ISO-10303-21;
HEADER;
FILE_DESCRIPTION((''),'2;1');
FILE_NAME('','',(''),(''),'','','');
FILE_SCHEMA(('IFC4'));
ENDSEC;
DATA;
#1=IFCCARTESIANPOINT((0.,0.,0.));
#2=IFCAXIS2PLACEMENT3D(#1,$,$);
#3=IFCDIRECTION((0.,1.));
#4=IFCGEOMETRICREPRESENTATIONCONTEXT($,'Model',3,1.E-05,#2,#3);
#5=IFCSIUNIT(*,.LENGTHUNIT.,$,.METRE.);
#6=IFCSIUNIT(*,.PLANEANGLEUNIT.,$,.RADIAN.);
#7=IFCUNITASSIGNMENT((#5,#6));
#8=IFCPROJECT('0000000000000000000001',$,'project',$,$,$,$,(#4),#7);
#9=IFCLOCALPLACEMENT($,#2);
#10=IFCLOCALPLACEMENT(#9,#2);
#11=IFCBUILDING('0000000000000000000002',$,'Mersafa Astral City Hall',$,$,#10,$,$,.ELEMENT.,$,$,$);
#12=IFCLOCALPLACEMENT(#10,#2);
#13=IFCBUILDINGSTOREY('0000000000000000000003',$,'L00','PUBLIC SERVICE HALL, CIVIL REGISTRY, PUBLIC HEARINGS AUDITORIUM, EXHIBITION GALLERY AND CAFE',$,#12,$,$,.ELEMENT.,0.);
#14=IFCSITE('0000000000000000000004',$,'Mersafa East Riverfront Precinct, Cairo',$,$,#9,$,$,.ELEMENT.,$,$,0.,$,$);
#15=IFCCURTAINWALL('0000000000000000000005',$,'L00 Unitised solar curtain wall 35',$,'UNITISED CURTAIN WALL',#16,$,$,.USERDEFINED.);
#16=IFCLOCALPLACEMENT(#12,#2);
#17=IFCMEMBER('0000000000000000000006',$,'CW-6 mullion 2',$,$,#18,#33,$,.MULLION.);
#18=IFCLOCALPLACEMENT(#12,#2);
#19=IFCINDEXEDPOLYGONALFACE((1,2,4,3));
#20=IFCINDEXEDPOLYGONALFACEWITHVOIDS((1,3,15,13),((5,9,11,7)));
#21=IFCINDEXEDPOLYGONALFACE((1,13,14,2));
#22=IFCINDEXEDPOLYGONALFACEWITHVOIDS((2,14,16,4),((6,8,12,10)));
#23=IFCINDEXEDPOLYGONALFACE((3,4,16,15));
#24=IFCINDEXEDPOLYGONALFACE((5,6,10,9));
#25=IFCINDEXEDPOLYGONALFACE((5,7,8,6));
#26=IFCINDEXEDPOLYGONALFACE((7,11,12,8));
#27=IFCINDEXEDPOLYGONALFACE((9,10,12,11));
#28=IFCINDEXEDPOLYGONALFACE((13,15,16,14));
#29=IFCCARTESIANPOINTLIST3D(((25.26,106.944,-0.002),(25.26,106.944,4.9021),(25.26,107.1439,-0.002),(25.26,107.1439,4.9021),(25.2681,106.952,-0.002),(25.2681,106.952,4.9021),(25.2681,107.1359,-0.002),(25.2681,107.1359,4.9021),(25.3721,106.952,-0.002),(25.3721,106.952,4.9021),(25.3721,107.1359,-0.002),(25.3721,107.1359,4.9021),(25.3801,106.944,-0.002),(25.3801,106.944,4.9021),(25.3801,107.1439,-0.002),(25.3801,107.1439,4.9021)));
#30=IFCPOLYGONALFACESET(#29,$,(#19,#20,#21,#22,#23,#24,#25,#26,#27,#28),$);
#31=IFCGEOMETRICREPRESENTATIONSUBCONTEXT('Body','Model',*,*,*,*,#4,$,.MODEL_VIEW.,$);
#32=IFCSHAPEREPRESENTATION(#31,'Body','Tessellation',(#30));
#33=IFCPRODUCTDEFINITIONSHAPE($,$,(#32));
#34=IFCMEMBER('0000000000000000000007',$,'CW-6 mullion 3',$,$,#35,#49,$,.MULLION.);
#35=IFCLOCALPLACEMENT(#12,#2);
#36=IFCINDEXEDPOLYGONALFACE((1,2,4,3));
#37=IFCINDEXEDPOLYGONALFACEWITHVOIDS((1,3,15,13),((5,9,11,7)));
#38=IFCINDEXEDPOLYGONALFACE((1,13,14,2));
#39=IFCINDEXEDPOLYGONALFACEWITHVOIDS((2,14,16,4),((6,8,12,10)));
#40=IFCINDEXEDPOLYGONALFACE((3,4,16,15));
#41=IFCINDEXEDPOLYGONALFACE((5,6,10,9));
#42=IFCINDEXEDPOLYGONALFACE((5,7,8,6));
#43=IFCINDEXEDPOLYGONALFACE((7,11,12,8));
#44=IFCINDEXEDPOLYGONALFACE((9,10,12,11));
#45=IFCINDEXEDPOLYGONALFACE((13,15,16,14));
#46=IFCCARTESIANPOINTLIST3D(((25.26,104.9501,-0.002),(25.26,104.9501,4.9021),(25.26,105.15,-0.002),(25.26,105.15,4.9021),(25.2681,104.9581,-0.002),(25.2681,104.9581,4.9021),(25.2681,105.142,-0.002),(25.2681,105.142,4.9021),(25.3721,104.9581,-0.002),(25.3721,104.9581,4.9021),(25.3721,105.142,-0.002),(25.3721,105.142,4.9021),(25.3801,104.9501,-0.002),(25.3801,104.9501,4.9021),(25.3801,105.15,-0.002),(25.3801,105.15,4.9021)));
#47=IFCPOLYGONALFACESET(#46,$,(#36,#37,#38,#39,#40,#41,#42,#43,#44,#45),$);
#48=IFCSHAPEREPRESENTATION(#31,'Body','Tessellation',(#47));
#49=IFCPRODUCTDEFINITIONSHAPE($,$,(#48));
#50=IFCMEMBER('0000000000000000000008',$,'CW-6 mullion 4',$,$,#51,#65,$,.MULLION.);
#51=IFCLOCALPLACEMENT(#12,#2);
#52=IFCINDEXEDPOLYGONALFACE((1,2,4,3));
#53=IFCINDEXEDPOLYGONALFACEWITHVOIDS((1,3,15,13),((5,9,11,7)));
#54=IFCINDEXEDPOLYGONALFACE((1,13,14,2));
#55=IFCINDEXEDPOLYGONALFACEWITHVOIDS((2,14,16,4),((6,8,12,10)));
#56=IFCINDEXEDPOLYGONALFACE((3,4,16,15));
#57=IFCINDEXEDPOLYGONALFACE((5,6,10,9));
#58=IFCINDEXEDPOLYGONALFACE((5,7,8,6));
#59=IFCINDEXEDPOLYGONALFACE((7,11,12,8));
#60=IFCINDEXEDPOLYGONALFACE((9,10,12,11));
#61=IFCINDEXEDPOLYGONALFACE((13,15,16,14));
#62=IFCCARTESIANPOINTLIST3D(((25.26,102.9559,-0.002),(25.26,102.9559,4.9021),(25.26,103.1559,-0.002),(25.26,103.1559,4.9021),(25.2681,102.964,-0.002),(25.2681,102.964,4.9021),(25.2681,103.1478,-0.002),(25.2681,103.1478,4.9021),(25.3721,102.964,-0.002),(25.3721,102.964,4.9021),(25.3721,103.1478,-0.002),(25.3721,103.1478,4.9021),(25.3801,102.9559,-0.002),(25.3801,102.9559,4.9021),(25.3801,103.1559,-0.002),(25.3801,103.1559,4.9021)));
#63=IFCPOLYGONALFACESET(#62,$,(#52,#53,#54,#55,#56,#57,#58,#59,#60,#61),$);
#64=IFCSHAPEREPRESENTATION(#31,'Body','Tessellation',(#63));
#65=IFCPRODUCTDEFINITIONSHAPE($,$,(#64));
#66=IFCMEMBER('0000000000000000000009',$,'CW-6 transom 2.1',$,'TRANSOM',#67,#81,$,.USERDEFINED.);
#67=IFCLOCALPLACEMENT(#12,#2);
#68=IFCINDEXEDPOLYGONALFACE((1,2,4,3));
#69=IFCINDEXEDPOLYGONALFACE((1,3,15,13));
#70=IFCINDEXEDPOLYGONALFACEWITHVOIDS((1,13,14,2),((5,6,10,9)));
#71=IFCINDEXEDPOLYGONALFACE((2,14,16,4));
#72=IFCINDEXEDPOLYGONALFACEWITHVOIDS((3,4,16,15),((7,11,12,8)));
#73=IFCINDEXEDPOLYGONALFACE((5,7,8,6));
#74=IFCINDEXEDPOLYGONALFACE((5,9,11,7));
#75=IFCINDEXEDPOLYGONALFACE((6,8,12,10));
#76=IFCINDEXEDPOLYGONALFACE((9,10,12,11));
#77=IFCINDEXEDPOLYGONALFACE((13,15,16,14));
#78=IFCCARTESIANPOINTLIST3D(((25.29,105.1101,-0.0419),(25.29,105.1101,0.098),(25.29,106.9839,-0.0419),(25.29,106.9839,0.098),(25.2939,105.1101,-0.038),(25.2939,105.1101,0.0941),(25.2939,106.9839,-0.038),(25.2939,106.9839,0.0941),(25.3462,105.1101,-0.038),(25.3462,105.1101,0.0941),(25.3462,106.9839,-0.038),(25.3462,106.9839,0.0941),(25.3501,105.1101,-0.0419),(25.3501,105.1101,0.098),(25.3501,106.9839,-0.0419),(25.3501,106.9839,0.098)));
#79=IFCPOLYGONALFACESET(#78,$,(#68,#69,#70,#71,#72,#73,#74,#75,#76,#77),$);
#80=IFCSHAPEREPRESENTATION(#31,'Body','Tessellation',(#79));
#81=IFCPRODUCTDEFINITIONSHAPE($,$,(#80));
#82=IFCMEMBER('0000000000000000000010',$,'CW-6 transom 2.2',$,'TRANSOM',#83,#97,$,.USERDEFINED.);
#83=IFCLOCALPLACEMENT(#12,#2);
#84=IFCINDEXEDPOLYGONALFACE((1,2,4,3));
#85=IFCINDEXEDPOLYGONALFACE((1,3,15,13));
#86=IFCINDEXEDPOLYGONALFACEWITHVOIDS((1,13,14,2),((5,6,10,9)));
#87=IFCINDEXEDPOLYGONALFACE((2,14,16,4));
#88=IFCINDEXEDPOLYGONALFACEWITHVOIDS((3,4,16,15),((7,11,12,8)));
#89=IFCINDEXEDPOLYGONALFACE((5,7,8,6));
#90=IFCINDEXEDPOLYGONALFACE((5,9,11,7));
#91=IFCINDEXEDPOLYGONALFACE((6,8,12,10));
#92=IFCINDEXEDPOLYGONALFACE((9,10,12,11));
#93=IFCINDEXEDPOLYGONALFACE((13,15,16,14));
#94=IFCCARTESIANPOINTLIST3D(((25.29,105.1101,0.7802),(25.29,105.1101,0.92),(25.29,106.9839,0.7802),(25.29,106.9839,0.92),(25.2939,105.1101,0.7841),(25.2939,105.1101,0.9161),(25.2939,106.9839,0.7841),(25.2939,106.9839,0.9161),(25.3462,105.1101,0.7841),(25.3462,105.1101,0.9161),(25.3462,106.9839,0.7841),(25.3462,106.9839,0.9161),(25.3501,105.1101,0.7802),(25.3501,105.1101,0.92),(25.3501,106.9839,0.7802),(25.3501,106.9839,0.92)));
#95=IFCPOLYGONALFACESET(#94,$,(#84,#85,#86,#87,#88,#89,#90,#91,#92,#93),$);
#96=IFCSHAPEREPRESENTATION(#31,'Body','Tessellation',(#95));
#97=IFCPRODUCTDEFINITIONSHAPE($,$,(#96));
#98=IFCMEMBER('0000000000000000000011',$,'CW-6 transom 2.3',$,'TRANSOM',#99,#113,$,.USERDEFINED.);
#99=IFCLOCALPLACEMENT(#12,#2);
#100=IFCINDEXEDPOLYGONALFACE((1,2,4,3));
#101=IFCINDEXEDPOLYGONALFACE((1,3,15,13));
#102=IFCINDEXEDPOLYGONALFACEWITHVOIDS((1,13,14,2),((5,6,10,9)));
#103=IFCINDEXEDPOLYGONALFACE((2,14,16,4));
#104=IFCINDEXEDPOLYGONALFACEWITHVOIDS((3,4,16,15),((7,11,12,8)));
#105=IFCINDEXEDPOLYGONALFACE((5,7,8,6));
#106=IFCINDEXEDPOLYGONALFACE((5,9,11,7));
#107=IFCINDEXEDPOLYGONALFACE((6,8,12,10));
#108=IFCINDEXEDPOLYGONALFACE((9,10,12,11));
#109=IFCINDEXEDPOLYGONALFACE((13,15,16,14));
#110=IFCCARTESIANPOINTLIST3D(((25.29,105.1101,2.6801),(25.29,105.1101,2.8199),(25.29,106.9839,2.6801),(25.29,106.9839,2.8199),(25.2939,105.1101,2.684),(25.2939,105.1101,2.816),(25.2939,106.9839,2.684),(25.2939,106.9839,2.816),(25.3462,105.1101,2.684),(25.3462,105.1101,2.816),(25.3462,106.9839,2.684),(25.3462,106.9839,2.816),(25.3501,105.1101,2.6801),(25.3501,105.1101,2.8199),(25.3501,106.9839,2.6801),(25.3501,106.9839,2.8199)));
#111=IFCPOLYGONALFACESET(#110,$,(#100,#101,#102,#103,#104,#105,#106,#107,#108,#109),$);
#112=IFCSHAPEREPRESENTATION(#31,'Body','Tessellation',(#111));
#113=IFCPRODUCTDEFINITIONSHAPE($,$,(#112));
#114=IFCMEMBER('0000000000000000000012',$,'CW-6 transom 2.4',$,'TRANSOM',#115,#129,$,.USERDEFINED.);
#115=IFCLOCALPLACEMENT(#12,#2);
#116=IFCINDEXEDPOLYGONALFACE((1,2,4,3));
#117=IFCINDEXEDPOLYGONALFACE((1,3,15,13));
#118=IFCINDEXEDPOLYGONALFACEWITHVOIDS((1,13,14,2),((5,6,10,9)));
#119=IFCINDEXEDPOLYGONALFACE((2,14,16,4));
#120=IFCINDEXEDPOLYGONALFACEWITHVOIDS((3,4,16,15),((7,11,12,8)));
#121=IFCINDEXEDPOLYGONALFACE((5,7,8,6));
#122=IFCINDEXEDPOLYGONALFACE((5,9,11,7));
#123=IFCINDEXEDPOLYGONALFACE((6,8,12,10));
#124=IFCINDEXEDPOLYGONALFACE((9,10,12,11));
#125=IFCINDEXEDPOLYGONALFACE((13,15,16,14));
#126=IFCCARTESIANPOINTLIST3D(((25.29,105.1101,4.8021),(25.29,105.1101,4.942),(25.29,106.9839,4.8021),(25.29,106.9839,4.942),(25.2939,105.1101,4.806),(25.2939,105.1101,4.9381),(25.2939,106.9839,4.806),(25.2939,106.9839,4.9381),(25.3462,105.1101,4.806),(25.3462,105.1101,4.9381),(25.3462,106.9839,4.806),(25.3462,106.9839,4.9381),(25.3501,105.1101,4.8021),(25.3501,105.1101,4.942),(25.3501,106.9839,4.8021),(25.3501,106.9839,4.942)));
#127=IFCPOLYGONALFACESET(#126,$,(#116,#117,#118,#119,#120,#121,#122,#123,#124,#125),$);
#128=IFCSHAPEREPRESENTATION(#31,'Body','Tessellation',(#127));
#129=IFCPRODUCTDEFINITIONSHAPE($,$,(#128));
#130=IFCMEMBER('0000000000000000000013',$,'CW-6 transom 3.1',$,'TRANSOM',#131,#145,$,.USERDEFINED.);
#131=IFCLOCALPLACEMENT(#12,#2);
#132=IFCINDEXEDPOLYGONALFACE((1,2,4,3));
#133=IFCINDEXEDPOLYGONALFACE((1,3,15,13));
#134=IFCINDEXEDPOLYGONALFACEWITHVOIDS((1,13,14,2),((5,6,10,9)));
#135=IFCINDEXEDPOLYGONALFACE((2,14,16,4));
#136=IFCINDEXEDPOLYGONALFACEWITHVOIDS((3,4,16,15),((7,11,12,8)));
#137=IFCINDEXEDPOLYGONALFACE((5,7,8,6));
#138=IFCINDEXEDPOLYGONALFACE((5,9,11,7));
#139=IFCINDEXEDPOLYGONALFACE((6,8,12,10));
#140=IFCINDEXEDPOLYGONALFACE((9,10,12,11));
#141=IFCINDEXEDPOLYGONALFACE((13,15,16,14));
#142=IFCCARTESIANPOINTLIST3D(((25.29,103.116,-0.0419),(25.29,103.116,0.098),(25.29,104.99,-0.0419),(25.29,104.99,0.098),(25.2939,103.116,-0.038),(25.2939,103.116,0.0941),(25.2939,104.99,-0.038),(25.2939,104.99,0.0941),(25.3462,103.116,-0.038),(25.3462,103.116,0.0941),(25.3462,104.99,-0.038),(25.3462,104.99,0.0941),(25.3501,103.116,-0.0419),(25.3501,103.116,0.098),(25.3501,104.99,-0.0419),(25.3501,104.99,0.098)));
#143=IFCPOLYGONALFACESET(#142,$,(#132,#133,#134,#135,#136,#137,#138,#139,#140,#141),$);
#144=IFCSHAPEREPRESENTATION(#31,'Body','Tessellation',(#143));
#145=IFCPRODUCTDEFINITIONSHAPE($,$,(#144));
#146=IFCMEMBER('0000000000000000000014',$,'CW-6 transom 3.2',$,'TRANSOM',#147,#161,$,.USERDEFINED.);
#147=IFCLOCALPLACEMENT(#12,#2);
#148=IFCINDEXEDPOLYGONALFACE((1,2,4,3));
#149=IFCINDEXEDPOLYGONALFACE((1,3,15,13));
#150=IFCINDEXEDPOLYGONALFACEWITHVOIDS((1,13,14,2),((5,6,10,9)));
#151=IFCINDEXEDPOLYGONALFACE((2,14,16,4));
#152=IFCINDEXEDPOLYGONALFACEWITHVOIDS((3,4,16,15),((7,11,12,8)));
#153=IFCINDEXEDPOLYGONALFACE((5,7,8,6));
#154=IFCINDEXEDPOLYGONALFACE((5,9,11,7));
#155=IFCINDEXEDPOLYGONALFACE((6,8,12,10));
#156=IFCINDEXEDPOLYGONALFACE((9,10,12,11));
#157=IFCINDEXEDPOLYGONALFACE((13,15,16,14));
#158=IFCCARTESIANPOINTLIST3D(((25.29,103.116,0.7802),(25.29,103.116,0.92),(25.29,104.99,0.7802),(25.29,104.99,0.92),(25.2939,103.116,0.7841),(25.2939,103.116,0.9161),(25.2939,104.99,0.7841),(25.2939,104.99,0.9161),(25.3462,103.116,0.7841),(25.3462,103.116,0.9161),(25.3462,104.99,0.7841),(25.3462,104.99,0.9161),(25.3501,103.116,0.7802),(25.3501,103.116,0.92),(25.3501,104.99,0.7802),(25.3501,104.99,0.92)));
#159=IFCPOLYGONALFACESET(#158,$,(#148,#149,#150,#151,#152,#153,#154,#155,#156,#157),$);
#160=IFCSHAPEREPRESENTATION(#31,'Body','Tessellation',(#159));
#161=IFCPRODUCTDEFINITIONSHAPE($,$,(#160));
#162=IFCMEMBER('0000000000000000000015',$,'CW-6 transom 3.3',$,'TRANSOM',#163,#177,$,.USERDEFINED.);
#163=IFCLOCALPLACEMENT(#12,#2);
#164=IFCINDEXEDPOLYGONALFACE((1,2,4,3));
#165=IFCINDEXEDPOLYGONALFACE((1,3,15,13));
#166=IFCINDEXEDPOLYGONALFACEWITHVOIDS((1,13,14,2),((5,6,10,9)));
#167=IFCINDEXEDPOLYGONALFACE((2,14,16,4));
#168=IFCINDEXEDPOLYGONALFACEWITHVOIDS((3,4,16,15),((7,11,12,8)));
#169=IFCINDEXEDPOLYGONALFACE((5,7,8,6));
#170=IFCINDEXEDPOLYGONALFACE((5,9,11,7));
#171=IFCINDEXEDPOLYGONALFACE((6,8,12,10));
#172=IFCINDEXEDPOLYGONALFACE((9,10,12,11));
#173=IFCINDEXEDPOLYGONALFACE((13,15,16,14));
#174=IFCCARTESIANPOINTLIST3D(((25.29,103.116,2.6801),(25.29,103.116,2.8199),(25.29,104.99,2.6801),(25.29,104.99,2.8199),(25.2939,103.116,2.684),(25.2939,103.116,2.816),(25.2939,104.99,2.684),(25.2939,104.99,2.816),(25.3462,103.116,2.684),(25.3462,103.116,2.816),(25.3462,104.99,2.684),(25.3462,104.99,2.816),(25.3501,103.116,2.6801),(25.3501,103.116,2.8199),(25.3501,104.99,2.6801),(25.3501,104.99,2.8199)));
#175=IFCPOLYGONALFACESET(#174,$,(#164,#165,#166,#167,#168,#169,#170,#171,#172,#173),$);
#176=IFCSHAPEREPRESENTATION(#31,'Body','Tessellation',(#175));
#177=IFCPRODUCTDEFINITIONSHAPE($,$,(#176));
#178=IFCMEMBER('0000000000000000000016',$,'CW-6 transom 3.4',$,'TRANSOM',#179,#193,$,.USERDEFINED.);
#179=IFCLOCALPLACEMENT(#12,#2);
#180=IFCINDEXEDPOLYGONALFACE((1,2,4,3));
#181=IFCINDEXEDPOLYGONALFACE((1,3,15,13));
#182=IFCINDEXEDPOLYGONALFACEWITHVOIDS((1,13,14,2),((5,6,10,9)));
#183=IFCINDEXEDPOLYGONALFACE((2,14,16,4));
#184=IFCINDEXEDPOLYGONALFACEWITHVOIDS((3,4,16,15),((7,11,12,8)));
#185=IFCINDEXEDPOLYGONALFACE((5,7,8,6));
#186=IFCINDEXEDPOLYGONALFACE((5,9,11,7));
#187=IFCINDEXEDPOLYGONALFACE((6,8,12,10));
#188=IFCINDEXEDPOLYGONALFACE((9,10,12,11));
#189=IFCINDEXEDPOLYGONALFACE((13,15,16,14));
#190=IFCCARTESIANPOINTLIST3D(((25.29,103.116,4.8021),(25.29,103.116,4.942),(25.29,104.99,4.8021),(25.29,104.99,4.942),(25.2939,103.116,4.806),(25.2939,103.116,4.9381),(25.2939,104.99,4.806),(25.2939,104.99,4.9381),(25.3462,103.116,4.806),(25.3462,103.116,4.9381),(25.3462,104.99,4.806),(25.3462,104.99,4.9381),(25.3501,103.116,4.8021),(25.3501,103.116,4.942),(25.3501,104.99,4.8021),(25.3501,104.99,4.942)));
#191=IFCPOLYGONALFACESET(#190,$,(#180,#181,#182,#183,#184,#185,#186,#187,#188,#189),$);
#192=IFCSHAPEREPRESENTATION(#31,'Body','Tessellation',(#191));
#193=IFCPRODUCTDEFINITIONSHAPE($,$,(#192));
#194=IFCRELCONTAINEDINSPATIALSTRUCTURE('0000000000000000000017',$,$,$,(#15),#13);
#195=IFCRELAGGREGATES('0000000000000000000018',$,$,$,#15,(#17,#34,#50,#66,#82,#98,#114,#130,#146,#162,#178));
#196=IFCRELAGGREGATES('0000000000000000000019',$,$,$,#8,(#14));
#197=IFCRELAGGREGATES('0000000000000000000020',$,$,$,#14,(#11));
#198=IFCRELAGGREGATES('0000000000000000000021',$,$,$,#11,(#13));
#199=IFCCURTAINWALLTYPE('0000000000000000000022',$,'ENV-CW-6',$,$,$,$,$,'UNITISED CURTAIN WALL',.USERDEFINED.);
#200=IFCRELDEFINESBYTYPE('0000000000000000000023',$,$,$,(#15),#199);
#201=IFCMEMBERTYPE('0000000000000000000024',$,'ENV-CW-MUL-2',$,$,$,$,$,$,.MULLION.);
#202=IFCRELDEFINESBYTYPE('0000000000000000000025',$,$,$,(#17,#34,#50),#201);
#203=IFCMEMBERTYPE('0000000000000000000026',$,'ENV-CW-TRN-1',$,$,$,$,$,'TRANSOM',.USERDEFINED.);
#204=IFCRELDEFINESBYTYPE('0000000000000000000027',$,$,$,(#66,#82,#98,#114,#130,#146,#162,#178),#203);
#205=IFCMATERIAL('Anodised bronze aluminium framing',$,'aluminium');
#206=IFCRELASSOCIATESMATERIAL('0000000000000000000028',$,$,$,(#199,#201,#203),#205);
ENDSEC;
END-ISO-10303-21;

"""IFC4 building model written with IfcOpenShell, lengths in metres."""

from ifc_helpers import new_model, si_unit, direction, frame, origin, origin_2d, place, context, subcontext, project, spatial, hollow_rectangle, extrude, material, material_profile, profile_set, type_object, element, aggregate, save


model = new_model("IFC4")

# Units and contexts
model_context = context("Model", 3, precision=1e-05, world=origin(), true_north=direction((0.0, 1.0)))
body_context = subcontext(model_context, "Body", "Model", "MODEL_VIEW")
ifc_project = project(units=[si_unit("LENGTHUNIT", "METRE"), si_unit("PLANEANGLEUNIT", "RADIAN")], contexts=[model_context])

# Site, building, storey
site_placement = place(None, origin())
site = spatial("IfcSite", under=ifc_project, at=site_placement, Name="Mersafa East Riverfront Precinct, Cairo", CompositionType="ELEMENT", RefElevation=0.0)
building_placement = place(site_placement, origin())
building = spatial("IfcBuilding", under=site, at=building_placement, Name="Mersafa Astral City Hall", CompositionType="ELEMENT")
storey_placement = place(building_placement, origin())
storey = spatial("IfcBuildingStorey", under=building, at=storey_placement, Name="L00", Description="PUBLIC SERVICE HALL, CIVIL REGISTRY, PUBLIC HEARINGS AUDITORIUM, EXHIBITION GALLERY AND CAFE", CompositionType="ELEMENT", Elevation=0.0)

# Curtain wall, members
ifc_material_1 = material(Name="Anodised bronze aluminium framing", Category="aluminium")
curtain_wall_type = type_object("IfcCurtainWallType", Name="ENV-CW-6", ElementType="UNITISED CURTAIN WALL", PredefinedType="USERDEFINED", material=ifc_material_1)
curtain_wall_placement = place(storey_placement, origin())
curtain_wall = element("IfcCurtainWall", 1, at=curtain_wall_placement, inside=storey, type_object=curtain_wall_type, Name="L00 Unitised solar curtain wall 35", ObjectType="UNITISED CURTAIN WALL", PredefinedType="USERDEFINED")
ifc_material_profile_1 = material_profile(ifc_material_1, hollow_rectangle(XDim=0.1201, YDim=0.2, WallThickness=0.0081, at=origin_2d()), Name="RHS 120x200x8")
ifc_profile_set_1 = profile_set([ifc_material_profile_1], Name="Anodised bronze aluminium framing")
member_type_1 = type_object("IfcMemberType", Name="ENV-CW-MUL-2", PredefinedType="MULLION", material=ifc_profile_set_1)
member_1_placement = place(storey_placement, frame((25.3201, 107.0439, -0.002), z_axis=(0.0, 0.0, 1.0), x_axis=(1.0, 0.0, 0.0)))
member_1 = element("IfcMember", 2, at=member_1_placement, type_object=member_type_1, Name="CW-6 mullion 2", PredefinedType="MULLION", context=body_context, shape_type="SweptSolid", body=[
    extrude(hollow_rectangle(XDim=0.1201, YDim=0.2, WallThickness=0.0081, at=origin_2d()), origin(), (0.0, 0.0, 1.0), 4.9041),
])
member_2_placement = place(storey_placement, frame((25.3201, 105.05, -0.002), z_axis=(0.0, 0.0, 1.0), x_axis=(1.0, 0.0, 0.0)))
member_2 = element("IfcMember", 3, at=member_2_placement, type_object=member_type_1, Name="CW-6 mullion 3", PredefinedType="MULLION", context=body_context, shape_type="SweptSolid", body=[
    extrude(hollow_rectangle(XDim=0.1201, YDim=0.2, WallThickness=0.0081, at=origin_2d()), origin(), (0.0, 0.0, 1.0), 4.9041),
])
member_3_placement = place(storey_placement, frame((25.3201, 103.0559, -0.002), z_axis=(0.0, 0.0, 1.0), x_axis=(1.0, 0.0, 0.0)))
member_3 = element("IfcMember", 4, at=member_3_placement, type_object=member_type_1, Name="CW-6 mullion 4", PredefinedType="MULLION", context=body_context, shape_type="SweptSolid", body=[
    extrude(hollow_rectangle(XDim=0.1201, YDim=0.2, WallThickness=0.0081, at=origin_2d()), origin(), (0.0, 0.0, 1.0), 4.9041),
])
ifc_material_profile_2 = material_profile(ifc_material_1, hollow_rectangle(XDim=0.0601, YDim=0.1399, WallThickness=0.0039, at=origin_2d()), Name="RHS 60x140x4")
ifc_profile_set_2 = profile_set([ifc_material_profile_2], Name="Anodised bronze aluminium framing")
member_type_2 = type_object("IfcMemberType", Name="ENV-CW-TRN-1", ElementType="TRANSOM", PredefinedType="USERDEFINED", material=ifc_profile_set_2)
member_4_placement = place(storey_placement, frame((25.3201, 106.9839, 0.0281), z_axis=(0.0, -1.0, 0.0), x_axis=(1.0, 0.0, 0.0)))
member_4 = element("IfcMember", 5, at=member_4_placement, type_object=member_type_2, Name="CW-6 transom 2.1", ObjectType="TRANSOM", PredefinedType="USERDEFINED", context=body_context, shape_type="SweptSolid", body=[
    extrude(hollow_rectangle(XDim=0.0601, YDim=0.1399, WallThickness=0.0039, at=origin_2d()), origin(), (0.0, 0.0, 1.0), 1.8738),
])
member_5_placement = place(storey_placement, frame((25.3201, 106.9839, 0.8501), z_axis=(0.0, -1.0, 0.0), x_axis=(1.0, 0.0, 0.0)))
member_5 = element("IfcMember", 6, at=member_5_placement, type_object=member_type_2, Name="CW-6 transom 2.2", ObjectType="TRANSOM", PredefinedType="USERDEFINED", context=body_context, shape_type="SweptSolid", body=[
    extrude(hollow_rectangle(XDim=0.0601, YDim=0.1399, WallThickness=0.0039, at=origin_2d()), origin(), (0.0, 0.0, 1.0), 1.8738),
])
member_6_placement = place(storey_placement, frame((25.3201, 106.9839, 2.75), z_axis=(0.0, -1.0, 0.0), x_axis=(1.0, 0.0, 0.0)))
member_6 = element("IfcMember", 7, at=member_6_placement, type_object=member_type_2, Name="CW-6 transom 2.3", ObjectType="TRANSOM", PredefinedType="USERDEFINED", context=body_context, shape_type="SweptSolid", body=[
    extrude(hollow_rectangle(XDim=0.0601, YDim=0.1399, WallThickness=0.0039, at=origin_2d()), origin(), (0.0, 0.0, 1.0), 1.8738),
])
member_7_placement = place(storey_placement, frame((25.3201, 106.9839, 4.8721), z_axis=(0.0, -1.0, 0.0), x_axis=(1.0, 0.0, 0.0)))
member_7 = element("IfcMember", 8, at=member_7_placement, type_object=member_type_2, Name="CW-6 transom 2.4", ObjectType="TRANSOM", PredefinedType="USERDEFINED", context=body_context, shape_type="SweptSolid", body=[
    extrude(hollow_rectangle(XDim=0.0601, YDim=0.1399, WallThickness=0.0039, at=origin_2d()), origin(), (0.0, 0.0, 1.0), 1.8738),
])
member_8_placement = place(storey_placement, frame((25.3201, 104.99, 0.0281), z_axis=(0.0, -1.0, 0.0), x_axis=(1.0, 0.0, 0.0)))
member_8 = element("IfcMember", 9, at=member_8_placement, type_object=member_type_2, Name="CW-6 transom 3.1", ObjectType="TRANSOM", PredefinedType="USERDEFINED", context=body_context, shape_type="SweptSolid", body=[
    extrude(hollow_rectangle(XDim=0.0601, YDim=0.1399, WallThickness=0.0039, at=origin_2d()), origin(), (0.0, 0.0, 1.0), 1.874),
])
member_9_placement = place(storey_placement, frame((25.3201, 104.99, 0.8501), z_axis=(0.0, -1.0, 0.0), x_axis=(1.0, 0.0, 0.0)))
member_9 = element("IfcMember", 10, at=member_9_placement, type_object=member_type_2, Name="CW-6 transom 3.2", ObjectType="TRANSOM", PredefinedType="USERDEFINED", context=body_context, shape_type="SweptSolid", body=[
    extrude(hollow_rectangle(XDim=0.0601, YDim=0.1399, WallThickness=0.0039, at=origin_2d()), origin(), (0.0, 0.0, 1.0), 1.874),
])
member_10_placement = place(storey_placement, frame((25.3201, 104.99, 2.75), z_axis=(0.0, -1.0, 0.0), x_axis=(1.0, 0.0, 0.0)))
member_10 = element("IfcMember", 11, at=member_10_placement, type_object=member_type_2, Name="CW-6 transom 3.3", ObjectType="TRANSOM", PredefinedType="USERDEFINED", context=body_context, shape_type="SweptSolid", body=[
    extrude(hollow_rectangle(XDim=0.0601, YDim=0.1399, WallThickness=0.0039, at=origin_2d()), origin(), (0.0, 0.0, 1.0), 1.874),
])
member_11_placement = place(storey_placement, frame((25.3201, 104.99, 4.8721), z_axis=(0.0, -1.0, 0.0), x_axis=(1.0, 0.0, 0.0)))
member_11 = element("IfcMember", 12, at=member_11_placement, type_object=member_type_2, Name="CW-6 transom 3.4", ObjectType="TRANSOM", PredefinedType="USERDEFINED", context=body_context, shape_type="SweptSolid", body=[
    extrude(hollow_rectangle(XDim=0.0601, YDim=0.1399, WallThickness=0.0039, at=origin_2d()), origin(), (0.0, 0.0, 1.0), 1.874),
])
aggregate(curtain_wall, [member_1, member_2, member_3, member_4, member_5, member_6, member_7, member_8, member_9, member_10, member_11])

save(model, "model.ifc")
